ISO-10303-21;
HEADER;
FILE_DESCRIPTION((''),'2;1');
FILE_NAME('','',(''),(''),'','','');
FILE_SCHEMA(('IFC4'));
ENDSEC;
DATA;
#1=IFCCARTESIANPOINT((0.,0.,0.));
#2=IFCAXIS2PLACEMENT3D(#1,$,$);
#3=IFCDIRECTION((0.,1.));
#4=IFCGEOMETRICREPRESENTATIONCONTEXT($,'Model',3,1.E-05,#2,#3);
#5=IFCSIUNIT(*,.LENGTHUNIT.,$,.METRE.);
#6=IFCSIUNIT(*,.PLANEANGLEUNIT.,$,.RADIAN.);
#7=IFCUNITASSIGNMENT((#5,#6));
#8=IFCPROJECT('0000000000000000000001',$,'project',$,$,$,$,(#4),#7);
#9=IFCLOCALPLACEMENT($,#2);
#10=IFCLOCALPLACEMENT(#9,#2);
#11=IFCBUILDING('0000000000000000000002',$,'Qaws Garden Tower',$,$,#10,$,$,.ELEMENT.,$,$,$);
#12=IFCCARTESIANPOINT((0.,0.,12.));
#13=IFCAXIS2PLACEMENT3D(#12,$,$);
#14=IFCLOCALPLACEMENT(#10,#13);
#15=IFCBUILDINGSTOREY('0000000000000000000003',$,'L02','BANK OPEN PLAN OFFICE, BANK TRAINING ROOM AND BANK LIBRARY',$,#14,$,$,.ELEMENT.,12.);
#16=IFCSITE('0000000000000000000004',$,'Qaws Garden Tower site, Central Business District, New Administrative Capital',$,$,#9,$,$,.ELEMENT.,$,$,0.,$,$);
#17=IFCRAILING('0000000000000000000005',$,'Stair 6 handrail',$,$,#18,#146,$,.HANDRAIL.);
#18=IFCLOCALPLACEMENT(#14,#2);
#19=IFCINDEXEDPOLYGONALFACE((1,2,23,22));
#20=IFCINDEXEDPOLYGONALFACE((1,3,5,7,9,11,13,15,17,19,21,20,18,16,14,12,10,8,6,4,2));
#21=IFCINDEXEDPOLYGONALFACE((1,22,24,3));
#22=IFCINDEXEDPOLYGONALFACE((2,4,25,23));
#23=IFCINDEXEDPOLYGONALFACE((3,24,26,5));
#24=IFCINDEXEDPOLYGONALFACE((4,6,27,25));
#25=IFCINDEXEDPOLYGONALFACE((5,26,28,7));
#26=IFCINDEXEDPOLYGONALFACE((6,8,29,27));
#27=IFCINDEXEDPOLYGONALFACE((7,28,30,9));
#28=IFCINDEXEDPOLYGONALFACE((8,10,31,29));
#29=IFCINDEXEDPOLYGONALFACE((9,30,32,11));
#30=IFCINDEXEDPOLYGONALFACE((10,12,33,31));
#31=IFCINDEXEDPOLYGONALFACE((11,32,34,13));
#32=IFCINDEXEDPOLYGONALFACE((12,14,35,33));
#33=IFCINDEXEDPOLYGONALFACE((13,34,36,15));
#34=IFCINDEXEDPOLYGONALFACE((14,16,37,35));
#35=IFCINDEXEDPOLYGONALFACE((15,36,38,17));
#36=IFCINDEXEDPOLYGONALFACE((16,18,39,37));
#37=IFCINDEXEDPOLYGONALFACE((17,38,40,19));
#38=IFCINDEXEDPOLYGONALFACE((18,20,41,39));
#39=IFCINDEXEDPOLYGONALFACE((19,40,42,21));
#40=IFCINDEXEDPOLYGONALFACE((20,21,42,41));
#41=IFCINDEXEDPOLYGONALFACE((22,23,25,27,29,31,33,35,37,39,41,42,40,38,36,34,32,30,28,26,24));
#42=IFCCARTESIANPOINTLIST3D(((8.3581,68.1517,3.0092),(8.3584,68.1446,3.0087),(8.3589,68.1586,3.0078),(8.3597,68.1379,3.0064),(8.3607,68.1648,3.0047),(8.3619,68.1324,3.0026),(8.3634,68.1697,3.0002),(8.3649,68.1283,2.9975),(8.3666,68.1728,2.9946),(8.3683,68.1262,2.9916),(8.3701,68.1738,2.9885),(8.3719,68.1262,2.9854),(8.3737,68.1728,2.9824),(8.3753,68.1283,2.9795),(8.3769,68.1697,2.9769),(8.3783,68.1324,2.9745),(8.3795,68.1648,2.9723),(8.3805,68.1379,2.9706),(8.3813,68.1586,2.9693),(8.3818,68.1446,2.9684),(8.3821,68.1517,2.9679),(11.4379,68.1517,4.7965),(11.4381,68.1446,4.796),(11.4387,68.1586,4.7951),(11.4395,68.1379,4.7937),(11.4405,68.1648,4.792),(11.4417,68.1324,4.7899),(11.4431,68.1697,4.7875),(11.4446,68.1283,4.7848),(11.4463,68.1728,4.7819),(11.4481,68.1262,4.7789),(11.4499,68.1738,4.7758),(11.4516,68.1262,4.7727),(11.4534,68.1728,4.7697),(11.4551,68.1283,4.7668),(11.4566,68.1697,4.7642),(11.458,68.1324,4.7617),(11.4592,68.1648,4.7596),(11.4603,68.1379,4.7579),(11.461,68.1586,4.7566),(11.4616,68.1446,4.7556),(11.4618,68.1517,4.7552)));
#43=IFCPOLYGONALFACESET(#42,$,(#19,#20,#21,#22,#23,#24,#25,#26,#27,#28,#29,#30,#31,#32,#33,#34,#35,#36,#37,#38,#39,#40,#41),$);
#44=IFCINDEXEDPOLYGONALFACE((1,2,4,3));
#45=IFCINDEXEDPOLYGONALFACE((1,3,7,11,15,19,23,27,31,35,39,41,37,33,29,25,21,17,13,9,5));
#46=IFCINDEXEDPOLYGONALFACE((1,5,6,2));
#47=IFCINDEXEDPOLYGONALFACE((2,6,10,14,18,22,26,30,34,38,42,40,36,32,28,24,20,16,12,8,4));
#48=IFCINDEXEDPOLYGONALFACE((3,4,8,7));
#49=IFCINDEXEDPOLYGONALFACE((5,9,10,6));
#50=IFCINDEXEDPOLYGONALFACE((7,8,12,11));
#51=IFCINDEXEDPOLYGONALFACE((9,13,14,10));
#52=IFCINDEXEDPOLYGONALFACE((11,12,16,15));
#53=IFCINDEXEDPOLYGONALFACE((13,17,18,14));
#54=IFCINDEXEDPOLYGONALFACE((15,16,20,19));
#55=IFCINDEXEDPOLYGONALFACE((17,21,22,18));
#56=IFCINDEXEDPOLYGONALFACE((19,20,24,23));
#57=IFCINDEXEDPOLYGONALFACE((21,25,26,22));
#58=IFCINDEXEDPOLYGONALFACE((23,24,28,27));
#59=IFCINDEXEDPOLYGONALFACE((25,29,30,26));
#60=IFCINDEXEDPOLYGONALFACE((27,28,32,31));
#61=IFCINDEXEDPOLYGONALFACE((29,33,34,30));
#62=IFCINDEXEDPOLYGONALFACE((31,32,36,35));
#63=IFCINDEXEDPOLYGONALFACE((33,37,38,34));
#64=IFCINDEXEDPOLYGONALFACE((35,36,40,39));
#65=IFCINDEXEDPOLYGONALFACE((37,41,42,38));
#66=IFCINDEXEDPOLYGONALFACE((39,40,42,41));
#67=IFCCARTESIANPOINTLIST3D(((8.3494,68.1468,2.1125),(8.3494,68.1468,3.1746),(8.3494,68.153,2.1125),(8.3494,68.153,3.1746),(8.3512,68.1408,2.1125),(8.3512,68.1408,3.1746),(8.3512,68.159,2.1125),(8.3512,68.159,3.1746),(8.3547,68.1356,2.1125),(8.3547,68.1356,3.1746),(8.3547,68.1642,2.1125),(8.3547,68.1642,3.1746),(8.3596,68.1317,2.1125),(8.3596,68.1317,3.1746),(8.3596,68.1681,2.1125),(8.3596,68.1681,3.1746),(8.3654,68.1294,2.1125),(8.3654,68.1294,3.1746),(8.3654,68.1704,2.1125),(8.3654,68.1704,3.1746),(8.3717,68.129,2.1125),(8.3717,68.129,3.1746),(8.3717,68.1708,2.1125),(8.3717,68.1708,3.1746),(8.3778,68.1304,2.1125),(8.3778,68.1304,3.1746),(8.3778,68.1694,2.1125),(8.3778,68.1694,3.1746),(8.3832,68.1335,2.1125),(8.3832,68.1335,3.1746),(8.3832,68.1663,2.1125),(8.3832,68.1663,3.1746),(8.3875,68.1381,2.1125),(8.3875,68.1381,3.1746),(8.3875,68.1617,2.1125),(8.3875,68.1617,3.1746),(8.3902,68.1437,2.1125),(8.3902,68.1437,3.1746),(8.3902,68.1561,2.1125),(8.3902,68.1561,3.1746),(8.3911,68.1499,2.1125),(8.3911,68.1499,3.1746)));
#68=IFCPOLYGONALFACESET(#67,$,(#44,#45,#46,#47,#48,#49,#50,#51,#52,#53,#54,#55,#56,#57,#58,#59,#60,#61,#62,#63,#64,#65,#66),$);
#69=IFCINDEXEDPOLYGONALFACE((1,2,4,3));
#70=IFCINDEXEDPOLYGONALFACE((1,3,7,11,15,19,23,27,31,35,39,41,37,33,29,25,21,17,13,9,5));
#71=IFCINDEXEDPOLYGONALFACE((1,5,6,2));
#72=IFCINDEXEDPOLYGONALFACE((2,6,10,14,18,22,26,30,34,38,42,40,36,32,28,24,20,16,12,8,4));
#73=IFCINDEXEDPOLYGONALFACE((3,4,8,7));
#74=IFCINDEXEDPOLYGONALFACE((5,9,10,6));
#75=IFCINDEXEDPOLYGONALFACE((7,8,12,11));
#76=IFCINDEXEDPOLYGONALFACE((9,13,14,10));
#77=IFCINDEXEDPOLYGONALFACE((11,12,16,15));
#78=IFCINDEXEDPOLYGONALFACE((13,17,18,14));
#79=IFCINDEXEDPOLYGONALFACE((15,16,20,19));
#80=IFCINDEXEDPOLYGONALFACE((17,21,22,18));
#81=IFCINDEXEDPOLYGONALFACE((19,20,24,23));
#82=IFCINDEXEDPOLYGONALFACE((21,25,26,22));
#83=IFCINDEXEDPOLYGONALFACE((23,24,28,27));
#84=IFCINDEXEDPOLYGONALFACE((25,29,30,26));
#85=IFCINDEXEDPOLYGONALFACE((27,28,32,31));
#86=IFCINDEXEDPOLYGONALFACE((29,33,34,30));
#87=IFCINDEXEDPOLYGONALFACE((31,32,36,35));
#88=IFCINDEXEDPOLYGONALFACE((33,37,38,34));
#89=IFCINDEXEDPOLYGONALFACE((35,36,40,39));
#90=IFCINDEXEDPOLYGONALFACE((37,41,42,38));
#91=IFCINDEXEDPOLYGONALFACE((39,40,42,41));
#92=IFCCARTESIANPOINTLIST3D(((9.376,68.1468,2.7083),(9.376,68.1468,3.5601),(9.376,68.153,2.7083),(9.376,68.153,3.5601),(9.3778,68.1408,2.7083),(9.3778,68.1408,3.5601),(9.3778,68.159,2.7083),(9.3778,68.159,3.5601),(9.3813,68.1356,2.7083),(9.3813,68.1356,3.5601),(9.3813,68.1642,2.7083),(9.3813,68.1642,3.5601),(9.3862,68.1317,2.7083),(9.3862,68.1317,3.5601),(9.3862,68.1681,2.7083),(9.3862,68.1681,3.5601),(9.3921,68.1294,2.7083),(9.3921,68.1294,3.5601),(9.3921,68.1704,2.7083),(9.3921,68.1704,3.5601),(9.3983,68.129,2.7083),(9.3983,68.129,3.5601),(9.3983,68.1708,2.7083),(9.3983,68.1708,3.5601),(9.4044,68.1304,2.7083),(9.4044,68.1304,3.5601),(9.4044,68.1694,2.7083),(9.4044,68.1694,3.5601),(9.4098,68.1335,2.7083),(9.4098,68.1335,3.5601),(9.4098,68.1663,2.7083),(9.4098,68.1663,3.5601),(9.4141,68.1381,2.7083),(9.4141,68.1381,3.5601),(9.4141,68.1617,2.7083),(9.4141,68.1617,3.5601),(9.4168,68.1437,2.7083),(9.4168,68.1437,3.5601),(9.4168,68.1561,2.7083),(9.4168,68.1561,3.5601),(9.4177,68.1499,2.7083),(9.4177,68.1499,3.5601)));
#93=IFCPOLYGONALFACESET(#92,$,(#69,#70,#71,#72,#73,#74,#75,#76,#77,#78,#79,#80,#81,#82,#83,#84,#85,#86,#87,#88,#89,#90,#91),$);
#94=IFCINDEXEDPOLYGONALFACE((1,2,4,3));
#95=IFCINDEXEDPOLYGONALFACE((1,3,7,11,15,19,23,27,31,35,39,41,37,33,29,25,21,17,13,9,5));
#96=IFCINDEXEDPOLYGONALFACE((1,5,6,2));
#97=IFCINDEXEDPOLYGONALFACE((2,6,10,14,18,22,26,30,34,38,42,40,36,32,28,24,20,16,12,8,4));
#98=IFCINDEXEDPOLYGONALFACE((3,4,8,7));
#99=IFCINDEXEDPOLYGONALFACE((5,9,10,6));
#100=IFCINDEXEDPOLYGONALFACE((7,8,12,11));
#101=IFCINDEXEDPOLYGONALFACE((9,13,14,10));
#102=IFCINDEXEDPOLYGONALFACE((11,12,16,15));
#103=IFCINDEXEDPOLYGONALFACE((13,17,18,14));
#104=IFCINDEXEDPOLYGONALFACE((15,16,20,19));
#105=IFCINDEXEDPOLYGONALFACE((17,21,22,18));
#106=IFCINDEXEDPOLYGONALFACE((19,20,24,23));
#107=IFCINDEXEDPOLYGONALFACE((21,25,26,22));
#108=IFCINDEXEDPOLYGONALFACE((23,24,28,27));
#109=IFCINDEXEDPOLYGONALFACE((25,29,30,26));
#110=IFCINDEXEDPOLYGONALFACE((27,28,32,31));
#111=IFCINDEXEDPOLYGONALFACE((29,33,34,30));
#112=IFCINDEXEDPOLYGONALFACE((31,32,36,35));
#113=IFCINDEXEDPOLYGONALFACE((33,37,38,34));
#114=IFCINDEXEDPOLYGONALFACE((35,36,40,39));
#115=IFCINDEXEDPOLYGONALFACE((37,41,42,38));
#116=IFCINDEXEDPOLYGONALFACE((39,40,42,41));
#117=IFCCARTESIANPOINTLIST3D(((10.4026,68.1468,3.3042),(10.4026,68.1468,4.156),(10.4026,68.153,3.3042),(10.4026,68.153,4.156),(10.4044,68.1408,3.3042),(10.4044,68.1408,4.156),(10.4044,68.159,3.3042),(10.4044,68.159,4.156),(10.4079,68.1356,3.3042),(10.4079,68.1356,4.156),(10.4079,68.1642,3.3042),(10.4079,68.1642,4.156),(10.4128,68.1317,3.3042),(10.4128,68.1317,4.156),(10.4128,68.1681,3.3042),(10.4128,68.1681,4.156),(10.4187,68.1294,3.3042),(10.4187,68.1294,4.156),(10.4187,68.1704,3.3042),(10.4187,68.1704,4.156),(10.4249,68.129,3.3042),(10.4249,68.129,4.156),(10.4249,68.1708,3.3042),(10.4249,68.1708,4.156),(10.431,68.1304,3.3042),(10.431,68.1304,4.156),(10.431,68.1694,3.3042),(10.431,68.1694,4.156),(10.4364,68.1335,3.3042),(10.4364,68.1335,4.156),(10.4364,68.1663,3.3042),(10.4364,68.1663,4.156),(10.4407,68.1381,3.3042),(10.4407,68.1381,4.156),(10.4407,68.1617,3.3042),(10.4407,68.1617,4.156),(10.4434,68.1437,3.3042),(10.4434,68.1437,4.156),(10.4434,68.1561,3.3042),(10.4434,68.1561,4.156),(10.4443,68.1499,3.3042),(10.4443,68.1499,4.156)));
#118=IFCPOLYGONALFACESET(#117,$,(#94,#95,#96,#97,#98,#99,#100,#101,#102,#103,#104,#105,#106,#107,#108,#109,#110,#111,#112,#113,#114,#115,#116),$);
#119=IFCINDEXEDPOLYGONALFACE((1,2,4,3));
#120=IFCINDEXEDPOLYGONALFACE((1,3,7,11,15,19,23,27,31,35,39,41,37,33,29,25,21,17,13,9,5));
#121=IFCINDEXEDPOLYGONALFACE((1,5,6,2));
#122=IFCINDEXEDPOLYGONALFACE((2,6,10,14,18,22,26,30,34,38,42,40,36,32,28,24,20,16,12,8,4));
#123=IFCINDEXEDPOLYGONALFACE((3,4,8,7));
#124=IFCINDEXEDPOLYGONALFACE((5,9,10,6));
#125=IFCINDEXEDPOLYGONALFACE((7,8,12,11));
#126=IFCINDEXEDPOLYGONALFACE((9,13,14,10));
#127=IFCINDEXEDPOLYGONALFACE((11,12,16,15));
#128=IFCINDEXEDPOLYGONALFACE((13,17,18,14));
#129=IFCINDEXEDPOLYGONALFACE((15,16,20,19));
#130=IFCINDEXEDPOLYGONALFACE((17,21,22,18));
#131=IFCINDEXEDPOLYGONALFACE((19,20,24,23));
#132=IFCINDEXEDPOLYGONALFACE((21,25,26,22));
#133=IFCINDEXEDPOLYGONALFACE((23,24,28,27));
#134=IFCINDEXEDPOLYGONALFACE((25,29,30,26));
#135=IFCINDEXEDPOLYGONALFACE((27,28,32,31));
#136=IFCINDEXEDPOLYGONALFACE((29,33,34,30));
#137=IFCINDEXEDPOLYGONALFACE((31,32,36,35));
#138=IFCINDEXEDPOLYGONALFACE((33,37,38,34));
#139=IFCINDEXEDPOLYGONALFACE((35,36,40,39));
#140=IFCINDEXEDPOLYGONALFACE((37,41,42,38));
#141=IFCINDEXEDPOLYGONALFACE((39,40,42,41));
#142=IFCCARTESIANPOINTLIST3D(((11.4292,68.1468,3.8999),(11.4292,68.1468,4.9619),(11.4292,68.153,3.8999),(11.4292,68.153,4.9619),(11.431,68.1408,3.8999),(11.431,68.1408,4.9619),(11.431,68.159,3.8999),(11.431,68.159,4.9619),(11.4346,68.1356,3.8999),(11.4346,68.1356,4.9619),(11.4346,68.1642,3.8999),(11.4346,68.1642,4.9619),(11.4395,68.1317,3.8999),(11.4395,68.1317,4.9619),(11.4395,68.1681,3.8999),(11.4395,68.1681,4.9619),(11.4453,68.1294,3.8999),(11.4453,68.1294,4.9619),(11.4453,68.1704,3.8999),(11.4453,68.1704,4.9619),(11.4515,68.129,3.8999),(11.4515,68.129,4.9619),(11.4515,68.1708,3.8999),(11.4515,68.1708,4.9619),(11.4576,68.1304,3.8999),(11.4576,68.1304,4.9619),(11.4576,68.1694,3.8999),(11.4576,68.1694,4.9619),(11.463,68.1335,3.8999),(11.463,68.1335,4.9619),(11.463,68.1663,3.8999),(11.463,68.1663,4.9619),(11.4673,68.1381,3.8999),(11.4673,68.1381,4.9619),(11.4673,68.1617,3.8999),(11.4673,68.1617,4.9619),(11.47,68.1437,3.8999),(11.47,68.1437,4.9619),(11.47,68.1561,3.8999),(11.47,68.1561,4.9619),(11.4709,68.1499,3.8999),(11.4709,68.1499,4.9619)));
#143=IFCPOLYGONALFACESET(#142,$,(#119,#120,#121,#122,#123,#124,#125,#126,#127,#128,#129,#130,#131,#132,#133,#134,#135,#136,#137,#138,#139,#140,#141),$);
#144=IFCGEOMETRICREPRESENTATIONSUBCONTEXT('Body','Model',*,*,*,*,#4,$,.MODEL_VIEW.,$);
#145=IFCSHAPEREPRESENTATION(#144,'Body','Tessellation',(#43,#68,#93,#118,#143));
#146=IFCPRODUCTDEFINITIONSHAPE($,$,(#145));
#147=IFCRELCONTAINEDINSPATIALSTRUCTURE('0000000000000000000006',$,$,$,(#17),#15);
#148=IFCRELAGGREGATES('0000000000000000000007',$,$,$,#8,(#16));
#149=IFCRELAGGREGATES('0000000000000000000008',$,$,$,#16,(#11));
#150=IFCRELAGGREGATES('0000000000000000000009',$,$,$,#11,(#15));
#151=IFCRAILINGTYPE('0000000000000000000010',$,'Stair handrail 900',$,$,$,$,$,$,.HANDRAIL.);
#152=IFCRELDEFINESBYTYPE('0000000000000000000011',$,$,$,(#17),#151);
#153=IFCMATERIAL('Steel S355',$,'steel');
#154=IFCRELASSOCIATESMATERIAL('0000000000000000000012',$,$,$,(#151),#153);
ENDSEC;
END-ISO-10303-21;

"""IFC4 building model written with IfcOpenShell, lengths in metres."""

from ifc_helpers import new_model, si_unit, direction, frame, origin, origin_2d, place, context, subcontext, project, spatial, circle, extrude, material, type_object, element, save


model = new_model("IFC4")

# Units and contexts
model_context = context("Model", 3, precision=1e-05, world=origin(), true_north=direction((0.0, 1.0)))
body_context = subcontext(model_context, "Body", "Model", "MODEL_VIEW")
ifc_project = project(units=[si_unit("LENGTHUNIT", "METRE"), si_unit("PLANEANGLEUNIT", "RADIAN")], contexts=[model_context])

# Site, building, storey
site_placement = place(None, origin())
site = spatial("IfcSite", under=ifc_project, at=site_placement, Name="Qaws Garden Tower site, Central Business District, New Administrative Capital", CompositionType="ELEMENT", RefElevation=0.0)
building_placement = place(site_placement, origin())
building = spatial("IfcBuilding", under=site, at=building_placement, Name="Qaws Garden Tower", CompositionType="ELEMENT")
storey_placement = place(building_placement, frame((0.0, 0.0, 12.0)))
storey = spatial("IfcBuildingStorey", under=building, at=storey_placement, Name="L02", Description="BANK OPEN PLAN OFFICE, BANK TRAINING ROOM AND BANK LIBRARY", CompositionType="ELEMENT", Elevation=12.0)

# Railing
ifc_material_1 = material(Name="Steel S355", Category="steel")
railing_type = type_object("IfcRailingType", Name="Stair handrail 900", PredefinedType="HANDRAIL", material=ifc_material_1)
railing_1_placement = place(storey_placement, frame((8.3701, 68.1499, 2.1125)))
element("IfcRailing", 1, at=railing_1_placement, inside=storey, type_object=railing_type, Name="Stair 6 handrail", PredefinedType="HANDRAIL", context=body_context, shape_type="SweptSolid", body=[
    extrude(circle(Radius=0.0239, at=origin_2d()), frame((0.0, 0.0, 0.876), z_axis=(0.864903, 0.0, 0.501939), x_axis=(0.0, 1.0, 0.0)), (0.0, 0.0, 1.0), 3.5608),
    extrude(circle(Radius=0.021, at=origin_2d()), origin(), (0.0, 0.0, 1.0), 1.062),
    extrude(circle(Radius=0.021, at=origin_2d()), frame((1.0266, 0.0, 0.5957)), (0.0, 0.0, 1.0), 0.8518),
    extrude(circle(Radius=0.021, at=origin_2d()), frame((2.0532, 0.0, 1.1917)), (0.0, 0.0, 1.0), 0.8518),
    extrude(circle(Radius=0.021, at=origin_2d()), frame((3.0798, 0.0, 1.7874)), (0.0, 0.0, 1.0), 1.062),
])

save(model, "model.ifc")
